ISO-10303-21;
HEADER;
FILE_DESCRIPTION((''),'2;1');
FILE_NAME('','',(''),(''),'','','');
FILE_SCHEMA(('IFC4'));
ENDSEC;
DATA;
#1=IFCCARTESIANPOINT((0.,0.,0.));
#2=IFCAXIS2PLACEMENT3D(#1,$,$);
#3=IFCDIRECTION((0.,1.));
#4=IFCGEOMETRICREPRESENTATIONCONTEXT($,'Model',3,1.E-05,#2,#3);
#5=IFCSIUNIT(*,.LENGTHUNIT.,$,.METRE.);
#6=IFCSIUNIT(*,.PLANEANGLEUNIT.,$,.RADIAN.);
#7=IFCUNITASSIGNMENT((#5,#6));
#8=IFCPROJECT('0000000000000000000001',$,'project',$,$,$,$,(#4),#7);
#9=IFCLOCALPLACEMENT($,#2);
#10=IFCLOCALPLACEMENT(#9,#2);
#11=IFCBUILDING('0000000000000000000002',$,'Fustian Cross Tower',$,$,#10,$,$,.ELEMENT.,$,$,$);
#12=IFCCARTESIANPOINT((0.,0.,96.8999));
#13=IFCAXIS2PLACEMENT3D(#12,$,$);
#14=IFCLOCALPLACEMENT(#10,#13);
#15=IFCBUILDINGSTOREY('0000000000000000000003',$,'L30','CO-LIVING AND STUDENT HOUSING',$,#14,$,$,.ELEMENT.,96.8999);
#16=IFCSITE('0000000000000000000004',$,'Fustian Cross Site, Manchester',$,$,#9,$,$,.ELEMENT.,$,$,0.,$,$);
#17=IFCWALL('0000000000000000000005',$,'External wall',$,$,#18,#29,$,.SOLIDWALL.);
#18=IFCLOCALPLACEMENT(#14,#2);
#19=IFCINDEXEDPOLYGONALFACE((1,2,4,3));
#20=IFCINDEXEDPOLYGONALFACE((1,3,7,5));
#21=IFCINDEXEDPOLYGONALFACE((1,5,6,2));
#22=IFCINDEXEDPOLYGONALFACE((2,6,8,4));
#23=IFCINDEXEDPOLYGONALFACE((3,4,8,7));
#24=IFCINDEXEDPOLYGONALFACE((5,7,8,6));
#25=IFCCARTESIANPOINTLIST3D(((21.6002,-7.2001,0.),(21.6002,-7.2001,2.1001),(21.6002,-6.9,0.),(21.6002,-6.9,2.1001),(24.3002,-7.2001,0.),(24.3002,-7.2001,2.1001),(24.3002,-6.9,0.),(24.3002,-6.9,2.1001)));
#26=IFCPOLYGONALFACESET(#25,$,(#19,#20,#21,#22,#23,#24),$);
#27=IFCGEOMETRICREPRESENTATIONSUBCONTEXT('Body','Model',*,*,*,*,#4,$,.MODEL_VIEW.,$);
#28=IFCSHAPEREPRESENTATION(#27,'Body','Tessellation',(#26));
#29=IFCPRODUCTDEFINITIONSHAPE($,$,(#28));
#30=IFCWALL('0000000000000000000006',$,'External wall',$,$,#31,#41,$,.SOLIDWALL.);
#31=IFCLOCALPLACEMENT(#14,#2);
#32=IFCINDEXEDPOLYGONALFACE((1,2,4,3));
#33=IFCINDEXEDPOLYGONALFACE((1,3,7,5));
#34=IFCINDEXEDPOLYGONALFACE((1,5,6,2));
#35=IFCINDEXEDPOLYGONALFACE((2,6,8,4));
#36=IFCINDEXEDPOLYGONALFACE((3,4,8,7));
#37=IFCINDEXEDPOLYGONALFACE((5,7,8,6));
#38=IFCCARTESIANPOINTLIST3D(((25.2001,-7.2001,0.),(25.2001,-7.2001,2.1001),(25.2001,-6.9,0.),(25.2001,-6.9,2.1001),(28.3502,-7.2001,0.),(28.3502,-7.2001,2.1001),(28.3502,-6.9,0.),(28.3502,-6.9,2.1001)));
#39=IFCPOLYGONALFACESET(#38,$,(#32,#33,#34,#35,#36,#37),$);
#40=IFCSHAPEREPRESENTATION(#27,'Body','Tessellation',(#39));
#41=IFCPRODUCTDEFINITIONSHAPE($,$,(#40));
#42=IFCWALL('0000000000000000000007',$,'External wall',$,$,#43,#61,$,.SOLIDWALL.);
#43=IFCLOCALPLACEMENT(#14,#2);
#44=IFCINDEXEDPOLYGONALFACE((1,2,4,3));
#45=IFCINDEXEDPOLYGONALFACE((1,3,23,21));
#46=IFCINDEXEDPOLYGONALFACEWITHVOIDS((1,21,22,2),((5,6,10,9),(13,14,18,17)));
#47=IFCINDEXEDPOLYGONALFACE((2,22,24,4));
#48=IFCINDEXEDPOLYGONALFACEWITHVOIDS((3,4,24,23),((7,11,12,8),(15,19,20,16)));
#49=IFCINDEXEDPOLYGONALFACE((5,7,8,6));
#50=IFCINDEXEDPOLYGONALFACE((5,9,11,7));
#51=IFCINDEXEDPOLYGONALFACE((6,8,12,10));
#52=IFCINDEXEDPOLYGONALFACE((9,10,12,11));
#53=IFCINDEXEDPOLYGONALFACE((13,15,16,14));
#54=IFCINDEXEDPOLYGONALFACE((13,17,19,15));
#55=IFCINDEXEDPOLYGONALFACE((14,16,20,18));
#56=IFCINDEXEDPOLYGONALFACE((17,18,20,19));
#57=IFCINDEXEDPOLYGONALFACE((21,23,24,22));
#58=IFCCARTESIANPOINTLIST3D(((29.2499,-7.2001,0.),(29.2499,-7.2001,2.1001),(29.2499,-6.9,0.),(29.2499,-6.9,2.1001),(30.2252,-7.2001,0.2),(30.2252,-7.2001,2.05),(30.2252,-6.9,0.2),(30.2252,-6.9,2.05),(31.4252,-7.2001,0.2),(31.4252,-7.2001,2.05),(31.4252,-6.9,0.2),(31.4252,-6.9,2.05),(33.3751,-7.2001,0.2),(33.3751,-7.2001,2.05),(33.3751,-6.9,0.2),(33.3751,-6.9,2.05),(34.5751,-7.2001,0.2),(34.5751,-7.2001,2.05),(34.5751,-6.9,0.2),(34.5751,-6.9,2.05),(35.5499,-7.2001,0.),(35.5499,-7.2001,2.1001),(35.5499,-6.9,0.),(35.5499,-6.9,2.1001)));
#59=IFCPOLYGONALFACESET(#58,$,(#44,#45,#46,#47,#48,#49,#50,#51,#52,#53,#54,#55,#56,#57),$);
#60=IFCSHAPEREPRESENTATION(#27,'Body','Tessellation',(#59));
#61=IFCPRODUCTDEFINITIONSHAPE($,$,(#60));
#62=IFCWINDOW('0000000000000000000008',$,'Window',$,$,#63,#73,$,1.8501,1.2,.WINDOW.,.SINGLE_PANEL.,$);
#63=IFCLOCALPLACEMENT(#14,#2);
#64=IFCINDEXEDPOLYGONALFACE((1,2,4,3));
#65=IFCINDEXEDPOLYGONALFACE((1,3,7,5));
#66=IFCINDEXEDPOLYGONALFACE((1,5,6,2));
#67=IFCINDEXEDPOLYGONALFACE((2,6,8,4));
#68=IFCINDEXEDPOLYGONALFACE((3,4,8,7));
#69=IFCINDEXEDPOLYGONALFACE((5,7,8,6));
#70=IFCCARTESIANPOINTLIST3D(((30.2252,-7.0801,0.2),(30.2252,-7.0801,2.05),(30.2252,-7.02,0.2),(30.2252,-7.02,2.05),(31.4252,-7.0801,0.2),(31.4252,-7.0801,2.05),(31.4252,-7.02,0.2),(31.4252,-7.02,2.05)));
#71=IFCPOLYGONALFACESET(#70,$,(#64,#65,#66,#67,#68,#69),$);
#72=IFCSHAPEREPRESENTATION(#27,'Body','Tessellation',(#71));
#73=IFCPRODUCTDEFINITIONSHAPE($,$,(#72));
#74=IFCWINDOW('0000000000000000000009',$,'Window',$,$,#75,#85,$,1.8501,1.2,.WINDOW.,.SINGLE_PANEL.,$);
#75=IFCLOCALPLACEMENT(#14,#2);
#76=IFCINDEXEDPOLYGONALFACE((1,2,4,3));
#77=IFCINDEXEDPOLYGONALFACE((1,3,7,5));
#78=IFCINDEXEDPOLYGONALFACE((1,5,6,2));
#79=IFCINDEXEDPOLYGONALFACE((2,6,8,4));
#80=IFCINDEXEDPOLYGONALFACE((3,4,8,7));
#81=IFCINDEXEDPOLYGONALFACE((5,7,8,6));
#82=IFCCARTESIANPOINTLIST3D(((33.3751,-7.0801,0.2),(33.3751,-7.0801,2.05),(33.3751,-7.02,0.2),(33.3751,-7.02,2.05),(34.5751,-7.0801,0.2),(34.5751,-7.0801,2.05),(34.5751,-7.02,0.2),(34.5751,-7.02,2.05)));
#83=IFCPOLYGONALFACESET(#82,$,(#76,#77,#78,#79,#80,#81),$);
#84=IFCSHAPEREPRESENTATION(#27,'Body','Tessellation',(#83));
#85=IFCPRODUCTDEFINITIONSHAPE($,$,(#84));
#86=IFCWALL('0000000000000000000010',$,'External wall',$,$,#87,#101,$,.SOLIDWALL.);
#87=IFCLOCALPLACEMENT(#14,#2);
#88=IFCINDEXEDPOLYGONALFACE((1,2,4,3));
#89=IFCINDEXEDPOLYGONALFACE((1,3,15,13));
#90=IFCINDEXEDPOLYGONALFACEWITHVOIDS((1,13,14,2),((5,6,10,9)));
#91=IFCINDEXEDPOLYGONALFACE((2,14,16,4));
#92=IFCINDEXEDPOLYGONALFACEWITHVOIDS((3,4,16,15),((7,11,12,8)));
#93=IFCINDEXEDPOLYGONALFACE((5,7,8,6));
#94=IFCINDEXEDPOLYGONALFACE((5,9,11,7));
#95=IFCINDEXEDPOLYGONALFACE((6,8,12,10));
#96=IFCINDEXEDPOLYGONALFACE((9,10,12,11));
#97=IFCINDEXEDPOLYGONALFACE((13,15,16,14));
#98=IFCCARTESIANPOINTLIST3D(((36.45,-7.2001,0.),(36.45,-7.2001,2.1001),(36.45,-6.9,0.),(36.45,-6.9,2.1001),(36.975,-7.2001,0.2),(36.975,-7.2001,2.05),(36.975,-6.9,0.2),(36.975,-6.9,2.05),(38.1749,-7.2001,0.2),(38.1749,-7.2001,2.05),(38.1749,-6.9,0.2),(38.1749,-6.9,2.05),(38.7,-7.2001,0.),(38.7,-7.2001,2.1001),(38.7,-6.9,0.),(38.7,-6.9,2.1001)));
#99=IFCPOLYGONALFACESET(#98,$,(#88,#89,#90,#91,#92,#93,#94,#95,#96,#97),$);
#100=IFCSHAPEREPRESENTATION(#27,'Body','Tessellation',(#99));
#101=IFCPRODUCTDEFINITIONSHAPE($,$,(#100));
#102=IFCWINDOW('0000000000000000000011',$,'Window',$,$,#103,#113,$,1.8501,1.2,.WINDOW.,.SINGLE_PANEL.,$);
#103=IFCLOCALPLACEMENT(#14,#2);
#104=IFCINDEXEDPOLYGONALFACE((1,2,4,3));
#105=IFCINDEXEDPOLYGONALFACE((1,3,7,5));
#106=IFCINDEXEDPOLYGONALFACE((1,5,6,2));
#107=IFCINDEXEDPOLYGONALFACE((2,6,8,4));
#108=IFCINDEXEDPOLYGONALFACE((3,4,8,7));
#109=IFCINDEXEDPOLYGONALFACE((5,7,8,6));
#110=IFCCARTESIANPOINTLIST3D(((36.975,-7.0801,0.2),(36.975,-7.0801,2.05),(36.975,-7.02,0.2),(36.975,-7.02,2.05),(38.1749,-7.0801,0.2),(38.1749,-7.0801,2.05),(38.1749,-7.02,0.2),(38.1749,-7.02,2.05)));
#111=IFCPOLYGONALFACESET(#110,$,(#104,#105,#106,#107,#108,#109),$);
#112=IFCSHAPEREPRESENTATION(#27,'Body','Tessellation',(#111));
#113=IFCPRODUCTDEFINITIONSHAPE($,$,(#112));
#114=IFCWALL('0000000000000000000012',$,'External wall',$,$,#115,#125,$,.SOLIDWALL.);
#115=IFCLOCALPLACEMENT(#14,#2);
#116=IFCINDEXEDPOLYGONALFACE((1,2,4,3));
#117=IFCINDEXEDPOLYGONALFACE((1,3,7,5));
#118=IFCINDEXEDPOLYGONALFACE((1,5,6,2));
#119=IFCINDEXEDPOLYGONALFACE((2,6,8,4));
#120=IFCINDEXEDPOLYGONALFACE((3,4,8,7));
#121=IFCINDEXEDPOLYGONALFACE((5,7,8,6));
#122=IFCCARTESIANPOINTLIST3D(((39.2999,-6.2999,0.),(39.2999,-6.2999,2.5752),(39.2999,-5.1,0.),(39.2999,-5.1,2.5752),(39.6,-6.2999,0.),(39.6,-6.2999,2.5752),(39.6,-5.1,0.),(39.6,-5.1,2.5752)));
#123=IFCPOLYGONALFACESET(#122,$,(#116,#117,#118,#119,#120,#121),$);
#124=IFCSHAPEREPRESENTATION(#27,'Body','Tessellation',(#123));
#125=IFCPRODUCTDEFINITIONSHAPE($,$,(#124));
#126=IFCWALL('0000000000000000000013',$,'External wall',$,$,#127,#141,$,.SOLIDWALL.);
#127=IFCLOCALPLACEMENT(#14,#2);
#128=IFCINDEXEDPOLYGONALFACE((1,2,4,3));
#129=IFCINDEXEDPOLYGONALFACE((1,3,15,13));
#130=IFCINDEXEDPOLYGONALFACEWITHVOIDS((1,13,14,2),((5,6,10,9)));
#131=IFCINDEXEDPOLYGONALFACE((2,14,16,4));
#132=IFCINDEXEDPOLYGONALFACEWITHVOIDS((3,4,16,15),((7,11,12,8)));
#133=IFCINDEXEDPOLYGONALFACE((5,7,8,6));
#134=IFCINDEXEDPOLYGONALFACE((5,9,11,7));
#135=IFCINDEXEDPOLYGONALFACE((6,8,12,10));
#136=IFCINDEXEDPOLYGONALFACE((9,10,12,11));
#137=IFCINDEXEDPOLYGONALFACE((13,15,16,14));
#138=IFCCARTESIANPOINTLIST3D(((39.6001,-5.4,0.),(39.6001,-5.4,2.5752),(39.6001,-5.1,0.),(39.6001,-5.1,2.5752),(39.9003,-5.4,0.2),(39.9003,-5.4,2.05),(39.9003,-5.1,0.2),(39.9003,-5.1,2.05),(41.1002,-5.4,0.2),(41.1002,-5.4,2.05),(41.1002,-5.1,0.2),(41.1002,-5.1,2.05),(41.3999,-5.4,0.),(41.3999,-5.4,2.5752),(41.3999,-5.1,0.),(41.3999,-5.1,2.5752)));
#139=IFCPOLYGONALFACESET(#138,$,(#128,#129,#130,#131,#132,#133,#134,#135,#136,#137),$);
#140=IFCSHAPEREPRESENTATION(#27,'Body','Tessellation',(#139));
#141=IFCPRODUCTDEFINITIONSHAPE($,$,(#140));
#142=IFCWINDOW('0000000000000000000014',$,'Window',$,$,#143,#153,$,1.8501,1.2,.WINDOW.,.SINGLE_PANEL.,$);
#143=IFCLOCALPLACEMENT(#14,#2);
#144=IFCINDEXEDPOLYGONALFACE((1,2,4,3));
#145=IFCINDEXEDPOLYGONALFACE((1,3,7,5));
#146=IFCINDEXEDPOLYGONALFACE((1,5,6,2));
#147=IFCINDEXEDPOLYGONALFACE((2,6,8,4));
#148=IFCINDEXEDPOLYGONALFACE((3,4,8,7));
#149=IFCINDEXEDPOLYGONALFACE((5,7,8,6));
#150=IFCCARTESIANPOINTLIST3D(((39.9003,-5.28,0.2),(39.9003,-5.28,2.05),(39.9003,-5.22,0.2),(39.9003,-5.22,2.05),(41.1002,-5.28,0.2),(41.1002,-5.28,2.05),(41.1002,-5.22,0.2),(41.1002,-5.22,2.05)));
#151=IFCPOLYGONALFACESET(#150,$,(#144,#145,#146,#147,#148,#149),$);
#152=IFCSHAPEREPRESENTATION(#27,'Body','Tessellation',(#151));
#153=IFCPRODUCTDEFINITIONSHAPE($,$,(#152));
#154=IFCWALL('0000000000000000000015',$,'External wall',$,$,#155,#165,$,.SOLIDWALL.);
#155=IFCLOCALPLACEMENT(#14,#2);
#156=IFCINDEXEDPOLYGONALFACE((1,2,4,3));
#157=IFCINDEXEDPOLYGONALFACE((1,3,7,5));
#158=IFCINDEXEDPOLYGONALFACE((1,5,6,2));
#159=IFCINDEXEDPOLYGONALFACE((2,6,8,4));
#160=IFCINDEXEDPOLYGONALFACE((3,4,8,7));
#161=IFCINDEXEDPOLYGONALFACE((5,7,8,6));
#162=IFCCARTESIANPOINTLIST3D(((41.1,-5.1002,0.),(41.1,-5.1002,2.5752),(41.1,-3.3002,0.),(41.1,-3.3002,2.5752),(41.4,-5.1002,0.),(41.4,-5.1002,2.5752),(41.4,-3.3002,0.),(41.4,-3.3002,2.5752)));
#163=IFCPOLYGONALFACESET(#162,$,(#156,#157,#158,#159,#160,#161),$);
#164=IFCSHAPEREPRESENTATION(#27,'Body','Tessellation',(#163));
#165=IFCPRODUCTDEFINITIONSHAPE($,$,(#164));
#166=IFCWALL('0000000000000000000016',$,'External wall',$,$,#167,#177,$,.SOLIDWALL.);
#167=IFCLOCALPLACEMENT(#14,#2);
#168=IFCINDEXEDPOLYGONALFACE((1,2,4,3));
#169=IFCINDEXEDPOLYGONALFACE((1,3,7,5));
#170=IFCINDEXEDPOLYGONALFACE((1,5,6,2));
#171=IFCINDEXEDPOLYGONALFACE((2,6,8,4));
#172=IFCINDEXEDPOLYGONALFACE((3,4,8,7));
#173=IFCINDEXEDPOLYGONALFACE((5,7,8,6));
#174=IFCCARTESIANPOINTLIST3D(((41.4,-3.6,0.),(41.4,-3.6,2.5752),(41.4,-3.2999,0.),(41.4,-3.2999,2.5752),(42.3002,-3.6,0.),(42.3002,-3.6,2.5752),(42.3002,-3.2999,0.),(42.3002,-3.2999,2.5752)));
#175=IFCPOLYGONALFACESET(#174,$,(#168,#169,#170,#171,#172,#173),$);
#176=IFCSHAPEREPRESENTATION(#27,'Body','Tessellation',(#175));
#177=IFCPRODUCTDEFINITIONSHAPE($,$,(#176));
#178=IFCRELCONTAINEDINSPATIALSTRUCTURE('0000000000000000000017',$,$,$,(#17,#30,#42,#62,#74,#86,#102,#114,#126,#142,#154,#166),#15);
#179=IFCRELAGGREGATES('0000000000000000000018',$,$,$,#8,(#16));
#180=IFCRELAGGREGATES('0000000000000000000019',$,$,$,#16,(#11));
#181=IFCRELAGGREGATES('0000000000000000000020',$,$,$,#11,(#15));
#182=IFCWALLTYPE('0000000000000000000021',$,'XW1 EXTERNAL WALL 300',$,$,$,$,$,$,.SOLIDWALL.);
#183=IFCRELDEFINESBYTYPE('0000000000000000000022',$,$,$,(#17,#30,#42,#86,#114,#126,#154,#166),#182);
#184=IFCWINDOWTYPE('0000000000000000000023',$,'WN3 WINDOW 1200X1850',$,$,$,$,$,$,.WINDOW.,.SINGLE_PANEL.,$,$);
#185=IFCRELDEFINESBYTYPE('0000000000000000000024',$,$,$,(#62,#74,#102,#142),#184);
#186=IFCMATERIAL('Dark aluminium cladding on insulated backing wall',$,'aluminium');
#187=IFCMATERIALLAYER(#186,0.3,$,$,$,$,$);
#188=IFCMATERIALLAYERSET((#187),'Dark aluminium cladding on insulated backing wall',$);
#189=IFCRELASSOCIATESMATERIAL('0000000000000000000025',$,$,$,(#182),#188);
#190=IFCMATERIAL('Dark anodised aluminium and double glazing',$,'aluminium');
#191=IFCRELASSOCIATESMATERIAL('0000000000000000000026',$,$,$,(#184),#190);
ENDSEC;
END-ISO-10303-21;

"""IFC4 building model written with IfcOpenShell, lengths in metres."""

from ifc_helpers import new_model, si_unit, direction, frame, frame_2d, origin, place, context, subcontext, project, spatial, rectangle, extrude, material, layer, layer_set, type_object, element, fill, save


model = new_model("IFC4")

# Units and contexts
model_context = context("Model", 3, precision=1e-05, world=origin(), true_north=direction((0.0, 1.0)))
body_context = subcontext(model_context, "Body", "Model", "MODEL_VIEW")
ifc_project = project(units=[si_unit("LENGTHUNIT", "METRE"), si_unit("PLANEANGLEUNIT", "RADIAN")], contexts=[model_context])

# Site, building, storey
site_placement = place(None, origin())
site = spatial("IfcSite", under=ifc_project, at=site_placement, Name="Fustian Cross Site, Manchester", CompositionType="ELEMENT", RefElevation=0.0)
building_placement = place(site_placement, origin())
building = spatial("IfcBuilding", under=site, at=building_placement, Name="Fustian Cross Tower", CompositionType="ELEMENT")
storey_placement = place(building_placement, frame((0.0, 0.0, 96.8999)))
storey = spatial("IfcBuildingStorey", under=building, at=storey_placement, Name="L30", Description="CO-LIVING AND STUDENT HOUSING", CompositionType="ELEMENT", Elevation=96.8999)

# Walls
ifc_material_1 = material(Name="Dark aluminium cladding on insulated backing wall", Category="aluminium")
ifc_layer_1 = layer(ifc_material_1, 0.3)
ifc_layer_set_1 = layer_set([ifc_layer_1], Name="Dark aluminium cladding on insulated backing wall")
wall_type_1 = type_object("IfcWallType", Name="XW1 EXTERNAL WALL 300", PredefinedType="SOLIDWALL", material=ifc_layer_set_1)
wall_1_placement = place(storey_placement, frame((21.6001, -7.05, 0.0), z_axis=(0.0, 0.0, 1.0), x_axis=(1.0, 0.0, 0.0)))
element("IfcWall", 1, at=wall_1_placement, inside=storey, type_object=wall_type_1, Name="External wall", PredefinedType="SOLIDWALL", context=body_context, shape_type="SweptSolid", body=[
    extrude(rectangle(XDim=2.7, YDim=0.3, at=frame_2d((1.3501, 0.0))), origin(), (0.0, 0.0, 1.0), 2.1001),
])
wall_2_placement = place(storey_placement, frame((25.2, -7.05, 0.0), z_axis=(0.0, 0.0, 1.0), x_axis=(1.0, 0.0, 0.0)))
element("IfcWall", 2, at=wall_2_placement, inside=storey, type_object=wall_type_1, Name="External wall", PredefinedType="SOLIDWALL", context=body_context, shape_type="SweptSolid", body=[
    extrude(rectangle(XDim=3.1501, YDim=0.3, at=frame_2d((1.5752, 0.0))), origin(), (0.0, 0.0, 1.0), 2.1001),
])

# Wall, openings, windows
wall_3_placement = place(storey_placement, frame((29.25, -7.05, 0.0), z_axis=(0.0, 0.0, 1.0), x_axis=(1.0, 0.0, 0.0)))
wall_3 = element("IfcWall", 3, at=wall_3_placement, inside=storey, type_object=wall_type_1, Name="External wall", PredefinedType="SOLIDWALL", context=body_context, shape_type="SweptSolid", body=[
    extrude(rectangle(XDim=6.3, YDim=0.3, at=frame_2d((3.1499, 0.0))), origin(), (0.0, 0.0, 1.0), 2.1001),
])
opening_1_placement = place(wall_3_placement, frame((0.9751, 0.0, 0.2)))
opening_1 = element("IfcOpeningElement", 4, at=opening_1_placement, cuts=wall_3, PredefinedType="OPENING", context=body_context, shape_type="SweptSolid", body=[
    extrude(rectangle(XDim=1.2, YDim=1.8501, at=frame_2d((0.6001, 0.925))), frame((0.0, 0.1599, 0.0), z_axis=(0.0, -1.0, 0.0), x_axis=(1.0, 0.0, 0.0)), (0.0, 0.0, 1.0), 0.3201),
])
opening_2_placement = place(wall_3_placement, frame((4.125, 0.0, 0.2)))
opening_2 = element("IfcOpeningElement", 5, at=opening_2_placement, cuts=wall_3, PredefinedType="OPENING", context=body_context, shape_type="SweptSolid", body=[
    extrude(rectangle(XDim=1.2, YDim=1.8501, at=frame_2d((0.6001, 0.925))), frame((0.0, 0.1599, 0.0), z_axis=(0.0, -1.0, 0.0), x_axis=(1.0, 0.0, 0.0)), (0.0, 0.0, 1.0), 0.3201),
])
ifc_material_2 = material(Name="Dark anodised aluminium and double glazing", Category="aluminium")
window_type = type_object("IfcWindowType", Name="WN3 WINDOW 1200X1850", PartitioningType="SINGLE_PANEL", PredefinedType="WINDOW", material=ifc_material_2)
window_1_placement = place(opening_1_placement, origin())
window_1 = element("IfcWindow", 6, at=window_1_placement, inside=storey, type_object=window_type, Name="Window", OverallHeight=1.8501, OverallWidth=1.2, PartitioningType="SINGLE_PANEL", PredefinedType="WINDOW", context=body_context, shape_type="SweptSolid", body=[
    extrude(rectangle(XDim=1.2, YDim=1.8501, at=frame_2d((0.6001, 0.925))), frame((0.0, 0.03, 0.0), z_axis=(0.0, -1.0, 0.0), x_axis=(1.0, 0.0, 0.0)), (0.0, 0.0, 1.0), 0.0601),
])
fill(opening_1, window_1)
window_2_placement = place(opening_2_placement, origin())
window_2 = element("IfcWindow", 7, at=window_2_placement, inside=storey, type_object=window_type, Name="Window", OverallHeight=1.8501, OverallWidth=1.2, PartitioningType="SINGLE_PANEL", PredefinedType="WINDOW", context=body_context, shape_type="SweptSolid", body=[
    extrude(rectangle(XDim=1.2, YDim=1.8501, at=frame_2d((0.6001, 0.925))), frame((0.0, 0.03, 0.0), z_axis=(0.0, -1.0, 0.0), x_axis=(1.0, 0.0, 0.0)), (0.0, 0.0, 1.0), 0.0601),
])
fill(opening_2, window_2)

# Wall, opening, window
wall_4_placement = place(storey_placement, frame((36.45, -7.05, 0.0), z_axis=(0.0, 0.0, 1.0), x_axis=(1.0, 0.0, 0.0)))
wall_4 = element("IfcWall", 8, at=wall_4_placement, inside=storey, type_object=wall_type_1, Name="External wall", PredefinedType="SOLIDWALL", context=body_context, shape_type="SweptSolid", body=[
    extrude(rectangle(XDim=2.25, YDim=0.3, at=frame_2d((1.125, 0.0))), origin(), (0.0, 0.0, 1.0), 2.1001),
])
opening_3_placement = place(wall_4_placement, frame((0.5249, 0.0, 0.2)))
opening_3 = element("IfcOpeningElement", 9, at=opening_3_placement, cuts=wall_4, PredefinedType="OPENING", context=body_context, shape_type="SweptSolid", body=[
    extrude(rectangle(XDim=1.2, YDim=1.8501, at=frame_2d((0.6001, 0.925))), frame((0.0, 0.1599, 0.0), z_axis=(0.0, -1.0, 0.0), x_axis=(1.0, 0.0, 0.0)), (0.0, 0.0, 1.0), 0.3201),
])
window_3_placement = place(opening_3_placement, origin())
window_3 = element("IfcWindow", 10, at=window_3_placement, inside=storey, type_object=window_type, Name="Window", OverallHeight=1.8501, OverallWidth=1.2, PartitioningType="SINGLE_PANEL", PredefinedType="WINDOW", context=body_context, shape_type="SweptSolid", body=[
    extrude(rectangle(XDim=1.2, YDim=1.8501, at=frame_2d((0.6001, 0.925))), frame((0.0, 0.03, 0.0), z_axis=(0.0, -1.0, 0.0), x_axis=(1.0, 0.0, 0.0)), (0.0, 0.0, 1.0), 0.0601),
])
fill(opening_3, window_3)

# Wall
wall_5_placement = place(storey_placement, frame((39.45, -6.3, 0.0), z_axis=(0.0, 0.0, 1.0), x_axis=(0.0, 1.0, 0.0)))
element("IfcWall", 11, at=wall_5_placement, inside=storey, type_object=wall_type_1, Name="External wall", PredefinedType="SOLIDWALL", context=body_context, shape_type="SweptSolid", body=[
    extrude(rectangle(XDim=1.2, YDim=0.3, at=frame_2d((0.6001, 0.0))), origin(), (0.0, 0.0, 1.0), 2.5752),
])

# Wall, opening, window
wall_6_placement = place(storey_placement, frame((39.6001, -5.25, 0.0), z_axis=(0.0, 0.0, 1.0), x_axis=(1.0, 0.0, 0.0)))
wall_6 = element("IfcWall", 12, at=wall_6_placement, inside=storey, type_object=wall_type_1, Name="External wall", PredefinedType="SOLIDWALL", context=body_context, shape_type="SweptSolid", body=[
    extrude(rectangle(XDim=1.7998, YDim=0.3, at=frame_2d((0.8999, 0.0))), origin(), (0.0, 0.0, 1.0), 2.5752),
])
opening_4_placement = place(wall_6_placement, frame((0.3, 0.0, 0.2)))
opening_4 = element("IfcOpeningElement", 13, at=opening_4_placement, cuts=wall_6, PredefinedType="OPENING", context=body_context, shape_type="SweptSolid", body=[
    extrude(rectangle(XDim=1.2, YDim=1.8501, at=frame_2d((0.6001, 0.925))), frame((0.0, 0.1599, 0.0), z_axis=(0.0, -1.0, 0.0), x_axis=(1.0, 0.0, 0.0)), (0.0, 0.0, 1.0), 0.3201),
])
window_4_placement = place(opening_4_placement, origin())
window_4 = element("IfcWindow", 14, at=window_4_placement, inside=storey, type_object=window_type, Name="Window", OverallHeight=1.8501, OverallWidth=1.2, PartitioningType="SINGLE_PANEL", PredefinedType="WINDOW", context=body_context, shape_type="SweptSolid", body=[
    extrude(rectangle(XDim=1.2, YDim=1.8501, at=frame_2d((0.6001, 0.925))), frame((0.0, 0.03, 0.0), z_axis=(0.0, -1.0, 0.0), x_axis=(1.0, 0.0, 0.0)), (0.0, 0.0, 1.0), 0.0601),
])
fill(opening_4, window_4)

# Walls
wall_7_placement = place(storey_placement, frame((41.25, -5.1001, 0.0), z_axis=(0.0, 0.0, 1.0), x_axis=(0.0, 1.0, 0.0)))
element("IfcWall", 15, at=wall_7_placement, inside=storey, type_object=wall_type_1, Name="External wall", PredefinedType="SOLIDWALL", context=body_context, shape_type="SweptSolid", body=[
    extrude(rectangle(XDim=1.8, YDim=0.3, at=frame_2d((0.8999, 0.0))), origin(), (0.0, 0.0, 1.0), 2.5752),
])
wall_8_placement = place(storey_placement, frame((41.3999, -3.45, 0.0), z_axis=(0.0, 0.0, 1.0), x_axis=(1.0, 0.0, 0.0)))
element("IfcWall", 16, at=wall_8_placement, inside=storey, type_object=wall_type_1, Name="External wall", PredefinedType="SOLIDWALL", context=body_context, shape_type="SweptSolid", body=[
    extrude(rectangle(XDim=0.9001, YDim=0.3, at=frame_2d((0.4502, 0.0))), origin(), (0.0, 0.0, 1.0), 2.5752),
])

save(model, "model.ifc")
